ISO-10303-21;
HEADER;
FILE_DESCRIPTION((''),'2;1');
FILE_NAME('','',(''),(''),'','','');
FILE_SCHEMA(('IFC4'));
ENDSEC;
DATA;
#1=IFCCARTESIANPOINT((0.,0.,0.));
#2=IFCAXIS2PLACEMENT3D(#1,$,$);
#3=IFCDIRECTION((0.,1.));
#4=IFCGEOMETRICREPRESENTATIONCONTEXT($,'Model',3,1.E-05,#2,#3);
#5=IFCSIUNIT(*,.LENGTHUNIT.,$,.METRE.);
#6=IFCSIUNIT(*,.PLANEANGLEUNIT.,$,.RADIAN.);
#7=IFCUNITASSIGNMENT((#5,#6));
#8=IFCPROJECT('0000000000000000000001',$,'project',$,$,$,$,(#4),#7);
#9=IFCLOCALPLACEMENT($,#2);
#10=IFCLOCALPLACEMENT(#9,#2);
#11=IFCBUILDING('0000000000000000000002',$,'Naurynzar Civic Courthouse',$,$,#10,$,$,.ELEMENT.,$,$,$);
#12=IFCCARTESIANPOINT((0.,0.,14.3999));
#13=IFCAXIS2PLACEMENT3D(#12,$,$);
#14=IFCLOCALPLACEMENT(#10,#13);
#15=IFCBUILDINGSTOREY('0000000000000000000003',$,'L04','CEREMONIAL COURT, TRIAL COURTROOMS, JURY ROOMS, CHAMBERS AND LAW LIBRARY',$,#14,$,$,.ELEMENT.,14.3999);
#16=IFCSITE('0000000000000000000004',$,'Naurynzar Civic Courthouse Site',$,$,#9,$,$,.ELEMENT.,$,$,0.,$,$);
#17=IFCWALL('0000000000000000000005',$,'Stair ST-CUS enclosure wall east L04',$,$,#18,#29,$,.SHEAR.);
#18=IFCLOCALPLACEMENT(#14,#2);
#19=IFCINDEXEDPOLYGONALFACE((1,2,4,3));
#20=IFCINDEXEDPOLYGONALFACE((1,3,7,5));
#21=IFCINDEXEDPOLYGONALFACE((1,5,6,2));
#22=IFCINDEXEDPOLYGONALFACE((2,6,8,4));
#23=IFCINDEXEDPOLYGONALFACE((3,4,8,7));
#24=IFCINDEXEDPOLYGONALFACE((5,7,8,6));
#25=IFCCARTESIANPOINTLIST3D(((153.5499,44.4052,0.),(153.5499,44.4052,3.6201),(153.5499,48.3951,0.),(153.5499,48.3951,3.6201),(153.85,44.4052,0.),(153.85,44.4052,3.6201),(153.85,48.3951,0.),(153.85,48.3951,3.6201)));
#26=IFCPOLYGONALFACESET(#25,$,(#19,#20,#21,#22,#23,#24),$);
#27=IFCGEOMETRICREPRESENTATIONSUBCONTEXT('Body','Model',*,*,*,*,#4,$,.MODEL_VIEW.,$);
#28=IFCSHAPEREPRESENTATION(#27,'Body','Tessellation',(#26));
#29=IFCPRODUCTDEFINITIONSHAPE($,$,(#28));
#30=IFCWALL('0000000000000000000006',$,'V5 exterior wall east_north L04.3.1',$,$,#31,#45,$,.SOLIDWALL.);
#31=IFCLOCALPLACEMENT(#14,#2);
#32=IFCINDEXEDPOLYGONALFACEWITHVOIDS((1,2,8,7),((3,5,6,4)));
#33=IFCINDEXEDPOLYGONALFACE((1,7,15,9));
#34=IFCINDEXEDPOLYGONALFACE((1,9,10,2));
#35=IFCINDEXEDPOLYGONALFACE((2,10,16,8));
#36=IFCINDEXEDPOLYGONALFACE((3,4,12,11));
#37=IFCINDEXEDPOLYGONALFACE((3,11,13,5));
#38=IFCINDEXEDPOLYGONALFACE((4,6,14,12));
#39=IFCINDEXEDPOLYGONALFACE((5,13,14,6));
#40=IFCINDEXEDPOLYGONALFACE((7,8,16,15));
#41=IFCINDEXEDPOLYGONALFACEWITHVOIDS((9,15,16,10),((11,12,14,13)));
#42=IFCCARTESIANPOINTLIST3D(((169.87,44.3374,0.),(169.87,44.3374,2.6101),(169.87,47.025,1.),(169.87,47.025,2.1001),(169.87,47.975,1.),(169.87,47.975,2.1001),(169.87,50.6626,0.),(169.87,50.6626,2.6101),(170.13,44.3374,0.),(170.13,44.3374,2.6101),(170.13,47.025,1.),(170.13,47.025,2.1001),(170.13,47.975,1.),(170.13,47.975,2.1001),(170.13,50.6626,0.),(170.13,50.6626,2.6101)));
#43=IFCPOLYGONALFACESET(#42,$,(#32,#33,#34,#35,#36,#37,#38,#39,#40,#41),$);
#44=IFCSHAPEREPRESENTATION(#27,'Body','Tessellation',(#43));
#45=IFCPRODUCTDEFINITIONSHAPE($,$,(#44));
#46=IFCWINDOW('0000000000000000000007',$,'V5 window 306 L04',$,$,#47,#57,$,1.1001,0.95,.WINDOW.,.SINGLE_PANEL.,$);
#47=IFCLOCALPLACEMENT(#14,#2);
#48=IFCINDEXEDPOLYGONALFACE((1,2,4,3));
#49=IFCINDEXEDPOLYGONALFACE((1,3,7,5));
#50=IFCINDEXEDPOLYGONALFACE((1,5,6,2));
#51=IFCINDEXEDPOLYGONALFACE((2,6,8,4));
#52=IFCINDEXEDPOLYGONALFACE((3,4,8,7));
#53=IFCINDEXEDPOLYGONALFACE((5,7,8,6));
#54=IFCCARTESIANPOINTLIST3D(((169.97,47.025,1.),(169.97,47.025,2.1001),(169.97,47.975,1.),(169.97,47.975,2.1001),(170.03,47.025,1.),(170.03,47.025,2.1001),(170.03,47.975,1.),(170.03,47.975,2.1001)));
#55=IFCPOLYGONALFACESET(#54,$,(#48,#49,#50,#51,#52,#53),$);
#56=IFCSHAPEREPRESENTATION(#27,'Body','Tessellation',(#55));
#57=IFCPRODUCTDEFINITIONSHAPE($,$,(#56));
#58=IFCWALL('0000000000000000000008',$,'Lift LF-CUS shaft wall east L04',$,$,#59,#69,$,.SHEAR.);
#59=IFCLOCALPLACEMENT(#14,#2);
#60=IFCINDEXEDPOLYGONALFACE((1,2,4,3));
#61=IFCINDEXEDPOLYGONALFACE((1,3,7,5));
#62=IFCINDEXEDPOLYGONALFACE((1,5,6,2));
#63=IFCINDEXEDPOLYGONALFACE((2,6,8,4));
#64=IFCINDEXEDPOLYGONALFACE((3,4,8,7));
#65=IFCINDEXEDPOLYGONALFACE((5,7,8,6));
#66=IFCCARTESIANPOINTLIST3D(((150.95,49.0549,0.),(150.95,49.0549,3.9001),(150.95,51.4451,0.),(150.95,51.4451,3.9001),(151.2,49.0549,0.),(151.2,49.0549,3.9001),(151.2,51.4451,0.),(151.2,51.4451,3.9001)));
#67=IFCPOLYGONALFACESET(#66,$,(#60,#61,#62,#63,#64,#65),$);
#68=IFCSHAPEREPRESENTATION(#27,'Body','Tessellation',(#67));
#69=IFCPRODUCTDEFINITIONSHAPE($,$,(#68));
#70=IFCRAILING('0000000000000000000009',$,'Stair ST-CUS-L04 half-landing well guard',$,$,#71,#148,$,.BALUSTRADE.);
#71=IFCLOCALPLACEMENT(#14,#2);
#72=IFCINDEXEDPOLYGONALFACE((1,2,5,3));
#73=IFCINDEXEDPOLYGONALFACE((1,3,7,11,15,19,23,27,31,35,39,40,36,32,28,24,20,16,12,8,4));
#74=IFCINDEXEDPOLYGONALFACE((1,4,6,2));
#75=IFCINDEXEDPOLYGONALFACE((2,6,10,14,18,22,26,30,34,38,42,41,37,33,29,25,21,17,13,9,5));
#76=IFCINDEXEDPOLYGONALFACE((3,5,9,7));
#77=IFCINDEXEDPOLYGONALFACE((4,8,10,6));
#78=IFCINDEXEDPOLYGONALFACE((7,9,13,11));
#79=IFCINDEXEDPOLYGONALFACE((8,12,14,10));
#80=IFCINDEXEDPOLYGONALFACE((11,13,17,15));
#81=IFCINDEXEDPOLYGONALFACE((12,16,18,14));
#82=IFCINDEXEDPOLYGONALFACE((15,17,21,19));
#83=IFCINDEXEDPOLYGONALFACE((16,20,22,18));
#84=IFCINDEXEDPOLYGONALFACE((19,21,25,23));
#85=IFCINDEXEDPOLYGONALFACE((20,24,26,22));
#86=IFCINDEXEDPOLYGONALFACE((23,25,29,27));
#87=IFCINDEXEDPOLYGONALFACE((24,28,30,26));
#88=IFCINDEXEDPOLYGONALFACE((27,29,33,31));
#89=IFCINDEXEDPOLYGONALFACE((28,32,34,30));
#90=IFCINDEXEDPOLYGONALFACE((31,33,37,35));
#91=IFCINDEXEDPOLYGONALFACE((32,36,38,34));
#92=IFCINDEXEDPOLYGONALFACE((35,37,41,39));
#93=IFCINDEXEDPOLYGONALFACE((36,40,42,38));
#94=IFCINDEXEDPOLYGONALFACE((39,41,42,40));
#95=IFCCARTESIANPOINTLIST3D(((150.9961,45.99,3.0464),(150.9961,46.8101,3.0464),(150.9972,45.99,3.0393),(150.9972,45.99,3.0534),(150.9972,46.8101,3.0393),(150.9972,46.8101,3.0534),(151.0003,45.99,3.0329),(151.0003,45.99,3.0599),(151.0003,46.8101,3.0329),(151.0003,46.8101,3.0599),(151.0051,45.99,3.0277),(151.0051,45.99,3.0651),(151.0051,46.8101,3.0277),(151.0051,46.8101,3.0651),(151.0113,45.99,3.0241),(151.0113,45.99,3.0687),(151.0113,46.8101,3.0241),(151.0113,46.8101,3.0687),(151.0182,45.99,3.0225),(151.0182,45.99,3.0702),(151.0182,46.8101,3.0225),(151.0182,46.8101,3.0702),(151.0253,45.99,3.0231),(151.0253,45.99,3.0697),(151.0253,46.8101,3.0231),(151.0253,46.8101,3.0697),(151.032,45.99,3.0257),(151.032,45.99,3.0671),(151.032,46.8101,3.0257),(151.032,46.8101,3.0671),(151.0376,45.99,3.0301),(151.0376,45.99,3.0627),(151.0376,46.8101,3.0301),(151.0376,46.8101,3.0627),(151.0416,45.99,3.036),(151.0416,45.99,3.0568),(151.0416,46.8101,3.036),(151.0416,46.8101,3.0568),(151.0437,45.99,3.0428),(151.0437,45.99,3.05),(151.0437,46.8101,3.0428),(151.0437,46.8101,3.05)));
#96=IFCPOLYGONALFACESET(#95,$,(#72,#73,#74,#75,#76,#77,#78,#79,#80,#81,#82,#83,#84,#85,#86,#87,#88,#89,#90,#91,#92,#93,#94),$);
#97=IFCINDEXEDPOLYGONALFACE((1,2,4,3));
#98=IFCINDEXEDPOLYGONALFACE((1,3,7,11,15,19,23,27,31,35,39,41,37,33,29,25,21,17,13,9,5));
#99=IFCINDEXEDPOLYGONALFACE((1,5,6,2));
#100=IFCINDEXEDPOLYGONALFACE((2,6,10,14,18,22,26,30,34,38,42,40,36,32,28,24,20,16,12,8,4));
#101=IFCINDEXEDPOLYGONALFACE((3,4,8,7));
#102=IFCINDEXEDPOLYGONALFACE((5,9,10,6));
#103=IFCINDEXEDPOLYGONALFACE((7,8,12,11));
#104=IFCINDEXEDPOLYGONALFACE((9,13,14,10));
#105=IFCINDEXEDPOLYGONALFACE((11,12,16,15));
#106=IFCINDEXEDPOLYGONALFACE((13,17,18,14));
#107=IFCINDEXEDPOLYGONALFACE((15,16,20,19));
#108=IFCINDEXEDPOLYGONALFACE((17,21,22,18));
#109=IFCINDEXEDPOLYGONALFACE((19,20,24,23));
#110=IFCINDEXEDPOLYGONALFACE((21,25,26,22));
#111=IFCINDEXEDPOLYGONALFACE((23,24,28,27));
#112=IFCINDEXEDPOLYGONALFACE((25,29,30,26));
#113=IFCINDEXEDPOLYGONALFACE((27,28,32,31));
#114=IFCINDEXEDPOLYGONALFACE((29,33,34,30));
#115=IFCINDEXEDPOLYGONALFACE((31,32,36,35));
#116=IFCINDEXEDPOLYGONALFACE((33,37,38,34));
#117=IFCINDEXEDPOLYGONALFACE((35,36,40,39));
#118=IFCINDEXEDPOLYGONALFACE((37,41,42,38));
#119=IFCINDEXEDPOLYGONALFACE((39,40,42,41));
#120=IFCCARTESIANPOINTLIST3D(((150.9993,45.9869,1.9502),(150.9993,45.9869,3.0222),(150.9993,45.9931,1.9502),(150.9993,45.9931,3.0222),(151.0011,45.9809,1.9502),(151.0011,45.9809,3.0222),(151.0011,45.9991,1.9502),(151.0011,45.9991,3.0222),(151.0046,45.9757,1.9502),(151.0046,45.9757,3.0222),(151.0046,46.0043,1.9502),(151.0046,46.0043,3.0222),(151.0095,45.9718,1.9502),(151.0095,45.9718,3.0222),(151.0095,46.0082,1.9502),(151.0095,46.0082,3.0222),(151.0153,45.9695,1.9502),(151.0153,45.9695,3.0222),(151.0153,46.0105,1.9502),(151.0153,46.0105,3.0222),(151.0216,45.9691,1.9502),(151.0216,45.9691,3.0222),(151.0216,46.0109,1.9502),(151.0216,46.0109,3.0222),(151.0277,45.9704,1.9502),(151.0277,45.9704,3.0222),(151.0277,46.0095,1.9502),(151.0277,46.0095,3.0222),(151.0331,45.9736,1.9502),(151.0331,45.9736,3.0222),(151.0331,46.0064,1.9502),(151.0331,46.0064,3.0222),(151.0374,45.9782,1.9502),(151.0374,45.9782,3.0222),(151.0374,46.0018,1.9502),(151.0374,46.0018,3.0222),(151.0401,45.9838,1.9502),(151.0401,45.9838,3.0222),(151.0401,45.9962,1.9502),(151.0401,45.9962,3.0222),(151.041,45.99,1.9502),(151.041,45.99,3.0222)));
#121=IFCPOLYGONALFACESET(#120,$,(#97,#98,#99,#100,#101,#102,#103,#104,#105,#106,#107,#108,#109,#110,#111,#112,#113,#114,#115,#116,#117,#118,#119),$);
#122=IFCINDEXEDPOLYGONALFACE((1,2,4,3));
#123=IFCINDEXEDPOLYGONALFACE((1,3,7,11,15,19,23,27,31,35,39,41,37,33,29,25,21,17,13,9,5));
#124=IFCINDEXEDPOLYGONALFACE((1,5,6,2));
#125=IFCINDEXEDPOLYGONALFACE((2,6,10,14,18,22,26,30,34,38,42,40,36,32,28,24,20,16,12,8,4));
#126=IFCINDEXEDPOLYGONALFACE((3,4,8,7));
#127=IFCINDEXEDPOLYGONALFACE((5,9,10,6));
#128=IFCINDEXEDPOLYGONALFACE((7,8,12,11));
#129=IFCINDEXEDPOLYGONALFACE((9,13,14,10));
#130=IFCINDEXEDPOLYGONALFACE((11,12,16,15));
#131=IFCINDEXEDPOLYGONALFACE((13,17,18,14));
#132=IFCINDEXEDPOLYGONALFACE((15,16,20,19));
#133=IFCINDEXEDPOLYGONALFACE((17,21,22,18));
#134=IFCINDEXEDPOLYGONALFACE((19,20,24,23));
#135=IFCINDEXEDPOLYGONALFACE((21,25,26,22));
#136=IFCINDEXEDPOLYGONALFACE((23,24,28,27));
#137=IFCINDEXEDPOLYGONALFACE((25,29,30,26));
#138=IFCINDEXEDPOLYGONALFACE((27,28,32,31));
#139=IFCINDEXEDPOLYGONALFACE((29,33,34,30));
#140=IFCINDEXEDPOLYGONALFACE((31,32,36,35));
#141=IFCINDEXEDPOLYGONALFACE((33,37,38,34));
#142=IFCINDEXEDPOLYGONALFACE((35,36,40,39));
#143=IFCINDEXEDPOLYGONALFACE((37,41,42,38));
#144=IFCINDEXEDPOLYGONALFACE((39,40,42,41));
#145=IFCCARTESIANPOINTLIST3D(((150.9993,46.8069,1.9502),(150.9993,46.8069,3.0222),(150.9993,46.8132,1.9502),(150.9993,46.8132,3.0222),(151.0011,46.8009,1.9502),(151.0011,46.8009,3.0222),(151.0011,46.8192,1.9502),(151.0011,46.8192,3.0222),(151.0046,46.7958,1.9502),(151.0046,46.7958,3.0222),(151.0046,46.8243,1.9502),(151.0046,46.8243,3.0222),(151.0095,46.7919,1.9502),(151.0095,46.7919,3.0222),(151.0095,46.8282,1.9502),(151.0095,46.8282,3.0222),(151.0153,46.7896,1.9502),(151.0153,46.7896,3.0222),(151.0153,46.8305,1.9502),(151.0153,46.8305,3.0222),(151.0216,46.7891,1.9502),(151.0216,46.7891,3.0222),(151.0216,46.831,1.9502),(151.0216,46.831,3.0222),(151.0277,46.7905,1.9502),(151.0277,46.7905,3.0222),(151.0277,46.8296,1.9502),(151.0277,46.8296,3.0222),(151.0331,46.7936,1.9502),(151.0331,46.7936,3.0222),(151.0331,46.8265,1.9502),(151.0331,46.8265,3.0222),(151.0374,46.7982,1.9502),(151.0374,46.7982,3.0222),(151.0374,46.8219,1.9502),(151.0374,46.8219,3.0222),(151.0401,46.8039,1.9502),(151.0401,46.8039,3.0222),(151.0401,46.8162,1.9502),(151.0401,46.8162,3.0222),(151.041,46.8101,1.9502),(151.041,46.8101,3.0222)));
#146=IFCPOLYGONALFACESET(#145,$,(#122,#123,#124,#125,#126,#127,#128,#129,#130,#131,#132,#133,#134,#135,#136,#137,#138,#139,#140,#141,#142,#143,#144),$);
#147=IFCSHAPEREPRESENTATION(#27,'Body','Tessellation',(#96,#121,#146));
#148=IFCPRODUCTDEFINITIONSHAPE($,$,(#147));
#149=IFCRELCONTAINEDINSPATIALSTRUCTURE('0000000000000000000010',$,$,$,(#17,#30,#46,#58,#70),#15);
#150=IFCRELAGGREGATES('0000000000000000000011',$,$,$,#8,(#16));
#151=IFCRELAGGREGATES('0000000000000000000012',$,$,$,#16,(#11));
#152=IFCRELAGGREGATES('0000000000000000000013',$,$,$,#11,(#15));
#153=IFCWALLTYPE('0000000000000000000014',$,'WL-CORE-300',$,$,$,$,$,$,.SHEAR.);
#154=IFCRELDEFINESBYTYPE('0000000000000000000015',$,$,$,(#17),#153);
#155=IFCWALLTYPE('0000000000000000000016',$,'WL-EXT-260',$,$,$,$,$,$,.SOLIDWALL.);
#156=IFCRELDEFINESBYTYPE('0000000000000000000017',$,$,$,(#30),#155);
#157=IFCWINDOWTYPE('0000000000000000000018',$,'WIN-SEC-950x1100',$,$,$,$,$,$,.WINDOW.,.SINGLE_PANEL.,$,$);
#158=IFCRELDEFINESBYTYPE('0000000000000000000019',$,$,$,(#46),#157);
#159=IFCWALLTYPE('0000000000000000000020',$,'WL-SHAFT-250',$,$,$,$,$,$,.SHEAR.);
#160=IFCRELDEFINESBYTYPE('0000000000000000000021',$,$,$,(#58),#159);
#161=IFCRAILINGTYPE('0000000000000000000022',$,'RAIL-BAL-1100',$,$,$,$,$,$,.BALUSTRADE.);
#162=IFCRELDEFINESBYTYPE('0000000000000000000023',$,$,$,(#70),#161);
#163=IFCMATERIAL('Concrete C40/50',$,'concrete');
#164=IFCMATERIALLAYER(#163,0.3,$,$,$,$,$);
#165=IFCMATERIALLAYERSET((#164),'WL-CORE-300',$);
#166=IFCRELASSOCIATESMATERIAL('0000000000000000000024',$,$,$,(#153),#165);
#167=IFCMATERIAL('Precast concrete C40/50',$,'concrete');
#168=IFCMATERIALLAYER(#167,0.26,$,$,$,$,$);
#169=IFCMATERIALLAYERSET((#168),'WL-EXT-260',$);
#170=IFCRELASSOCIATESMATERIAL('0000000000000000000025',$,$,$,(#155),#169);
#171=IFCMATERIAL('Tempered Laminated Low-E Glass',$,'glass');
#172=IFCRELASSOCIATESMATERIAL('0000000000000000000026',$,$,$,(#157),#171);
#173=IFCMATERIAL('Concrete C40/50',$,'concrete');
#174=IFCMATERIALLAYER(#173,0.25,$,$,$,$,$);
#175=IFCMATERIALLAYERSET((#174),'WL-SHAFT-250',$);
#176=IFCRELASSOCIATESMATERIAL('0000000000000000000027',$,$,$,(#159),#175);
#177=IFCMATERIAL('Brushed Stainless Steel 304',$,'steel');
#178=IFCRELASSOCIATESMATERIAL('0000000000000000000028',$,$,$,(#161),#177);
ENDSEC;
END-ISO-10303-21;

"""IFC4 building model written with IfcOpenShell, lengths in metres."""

from ifc_helpers import new_model, si_unit, direction, frame, frame_2d, origin, origin_2d, place, context, subcontext, project, spatial, rectangle, circle, extrude, material, layer, layer_set, type_object, element, fill, save


model = new_model("IFC4")

# Units and contexts
model_context = context("Model", 3, precision=1e-05, world=origin(), true_north=direction((0.0, 1.0)))
body_context = subcontext(model_context, "Body", "Model", "MODEL_VIEW")
ifc_project = project(units=[si_unit("LENGTHUNIT", "METRE"), si_unit("PLANEANGLEUNIT", "RADIAN")], contexts=[model_context])

# Site, building, storey
site_placement = place(None, origin())
site = spatial("IfcSite", under=ifc_project, at=site_placement, Name="Naurynzar Civic Courthouse Site", CompositionType="ELEMENT", RefElevation=0.0)
building_placement = place(site_placement, origin())
building = spatial("IfcBuilding", under=site, at=building_placement, Name="Naurynzar Civic Courthouse", CompositionType="ELEMENT")
storey_placement = place(building_placement, frame((0.0, 0.0, 14.3999)))
storey = spatial("IfcBuildingStorey", under=building, at=storey_placement, Name="L04", Description="CEREMONIAL COURT, TRIAL COURTROOMS, JURY ROOMS, CHAMBERS AND LAW LIBRARY", CompositionType="ELEMENT", Elevation=14.3999)

# Wall
ifc_material_1 = material(Name="Concrete C40/50", Category="concrete")
ifc_layer_1 = layer(ifc_material_1, 0.3)
ifc_layer_set_1 = layer_set([ifc_layer_1], Name="WL-CORE-300")
wall_type_1 = type_object("IfcWallType", Name="WL-CORE-300", PredefinedType="SHEAR", material=ifc_layer_set_1)
wall_1_placement = place(storey_placement, frame((153.7, 44.405, 0.0), z_axis=(0.0, 0.0, 1.0), x_axis=(0.0, 1.0, 0.0)))
element("IfcWall", 1, at=wall_1_placement, inside=storey, type_object=wall_type_1, Name="Stair ST-CUS enclosure wall east L04", PredefinedType="SHEAR", context=body_context, shape_type="SweptSolid", body=[
    extrude(rectangle(XDim=3.99, YDim=0.3, at=frame_2d((1.9951, 0.0))), origin(), (0.0, 0.0, 1.0), 3.6201),
])

# Wall, opening, window
ifc_material_2 = material(Name="Precast concrete C40/50", Category="concrete")
ifc_layer_2 = layer(ifc_material_2, 0.26)
ifc_layer_set_2 = layer_set([ifc_layer_2], Name="WL-EXT-260")
wall_type_2 = type_object("IfcWallType", Name="WL-EXT-260", PredefinedType="SOLIDWALL", material=ifc_layer_set_2)
wall_2_placement = place(storey_placement, frame((170.0, 50.6626, 0.0), z_axis=(0.0, 0.0, 1.0), x_axis=(0.0, -1.0, 0.0)))
wall_2 = element("IfcWall", 2, at=wall_2_placement, inside=storey, type_object=wall_type_2, Name="V5 exterior wall east_north L04.3.1", PredefinedType="SOLIDWALL", context=body_context, shape_type="SweptSolid", body=[
    extrude(rectangle(XDim=6.3252, YDim=0.26, at=frame_2d((3.1626, 0.0))), origin(), (0.0, 0.0, 1.0), 2.6101),
])
opening_placement = place(wall_2_placement, frame((2.6875, 0.0, 1.0)))
opening = element("IfcOpeningElement", 3, at=opening_placement, cuts=wall_2, PredefinedType="OPENING", context=body_context, shape_type="SweptSolid", body=[
    extrude(rectangle(XDim=0.95, YDim=1.1001, at=frame_2d((0.4751, 0.55))), frame((0.0, 0.1399, 0.0), z_axis=(0.0, -1.0, 0.0), x_axis=(1.0, 0.0, 0.0)), (0.0, 0.0, 1.0), 0.28),
])
ifc_material_3 = material(Name="Tempered Laminated Low-E Glass", Category="glass")
window_type = type_object("IfcWindowType", Name="WIN-SEC-950x1100", PartitioningType="SINGLE_PANEL", PredefinedType="WINDOW", material=ifc_material_3)
window_placement = place(opening_placement, origin())
window = element("IfcWindow", 4, at=window_placement, inside=storey, type_object=window_type, Name="V5 window 306 L04", OverallHeight=1.1001, OverallWidth=0.95, PartitioningType="SINGLE_PANEL", PredefinedType="WINDOW", context=body_context, shape_type="SweptSolid", body=[
    extrude(rectangle(XDim=0.95, YDim=1.1001, at=frame_2d((0.4751, 0.55))), frame((0.0, 0.03, 0.0), z_axis=(0.0, -1.0, 0.0), x_axis=(1.0, 0.0, 0.0)), (0.0, 0.0, 1.0), 0.0601),
])
fill(opening, window)

# Wall
ifc_material_4 = material(Name="Concrete C40/50", Category="concrete")
ifc_layer_3 = layer(ifc_material_4, 0.25)
ifc_layer_set_3 = layer_set([ifc_layer_3], Name="WL-SHAFT-250")
wall_type_3 = type_object("IfcWallType", Name="WL-SHAFT-250", PredefinedType="SHEAR", material=ifc_layer_set_3)
wall_3_placement = place(storey_placement, frame((151.075, 49.0549, 0.0), z_axis=(0.0, 0.0, 1.0), x_axis=(0.0, 1.0, 0.0)))
element("IfcWall", 5, at=wall_3_placement, inside=storey, type_object=wall_type_3, Name="Lift LF-CUS shaft wall east L04", PredefinedType="SHEAR", context=body_context, shape_type="SweptSolid", body=[
    extrude(rectangle(XDim=2.3901, YDim=0.25, at=frame_2d((1.1951, 0.0))), origin(), (0.0, 0.0, 1.0), 3.9001),
])

# Railing
ifc_material_5 = material(Name="Brushed Stainless Steel 304", Category="steel")
railing_type = type_object("IfcRailingType", Name="RAIL-BAL-1100", PredefinedType="BALUSTRADE", material=ifc_material_5)
railing_placement = place(storey_placement, frame((151.02, 45.99, 1.9502)))
element("IfcRailing", 6, at=railing_placement, inside=storey, type_object=railing_type, Name="Stair ST-CUS-L04 half-landing well guard", PredefinedType="BALUSTRADE", context=body_context, shape_type="SweptSolid", body=[
    extrude(circle(Radius=0.0239, at=origin_2d()), frame((0.0, 0.0, 1.0962), z_axis=(0.0, 1.0, 0.0), x_axis=(-1.0, 0.0, 0.0)), (0.0, 0.0, 1.0), 0.8201),
    extrude(circle(Radius=0.021, at=origin_2d()), origin(), (0.0, 0.0, 1.0), 1.072),
    extrude(circle(Radius=0.021, at=origin_2d()), frame((0.0, 0.8201, 0.0)), (0.0, 0.0, 1.0), 1.072),
])

save(model, "model.ifc")
